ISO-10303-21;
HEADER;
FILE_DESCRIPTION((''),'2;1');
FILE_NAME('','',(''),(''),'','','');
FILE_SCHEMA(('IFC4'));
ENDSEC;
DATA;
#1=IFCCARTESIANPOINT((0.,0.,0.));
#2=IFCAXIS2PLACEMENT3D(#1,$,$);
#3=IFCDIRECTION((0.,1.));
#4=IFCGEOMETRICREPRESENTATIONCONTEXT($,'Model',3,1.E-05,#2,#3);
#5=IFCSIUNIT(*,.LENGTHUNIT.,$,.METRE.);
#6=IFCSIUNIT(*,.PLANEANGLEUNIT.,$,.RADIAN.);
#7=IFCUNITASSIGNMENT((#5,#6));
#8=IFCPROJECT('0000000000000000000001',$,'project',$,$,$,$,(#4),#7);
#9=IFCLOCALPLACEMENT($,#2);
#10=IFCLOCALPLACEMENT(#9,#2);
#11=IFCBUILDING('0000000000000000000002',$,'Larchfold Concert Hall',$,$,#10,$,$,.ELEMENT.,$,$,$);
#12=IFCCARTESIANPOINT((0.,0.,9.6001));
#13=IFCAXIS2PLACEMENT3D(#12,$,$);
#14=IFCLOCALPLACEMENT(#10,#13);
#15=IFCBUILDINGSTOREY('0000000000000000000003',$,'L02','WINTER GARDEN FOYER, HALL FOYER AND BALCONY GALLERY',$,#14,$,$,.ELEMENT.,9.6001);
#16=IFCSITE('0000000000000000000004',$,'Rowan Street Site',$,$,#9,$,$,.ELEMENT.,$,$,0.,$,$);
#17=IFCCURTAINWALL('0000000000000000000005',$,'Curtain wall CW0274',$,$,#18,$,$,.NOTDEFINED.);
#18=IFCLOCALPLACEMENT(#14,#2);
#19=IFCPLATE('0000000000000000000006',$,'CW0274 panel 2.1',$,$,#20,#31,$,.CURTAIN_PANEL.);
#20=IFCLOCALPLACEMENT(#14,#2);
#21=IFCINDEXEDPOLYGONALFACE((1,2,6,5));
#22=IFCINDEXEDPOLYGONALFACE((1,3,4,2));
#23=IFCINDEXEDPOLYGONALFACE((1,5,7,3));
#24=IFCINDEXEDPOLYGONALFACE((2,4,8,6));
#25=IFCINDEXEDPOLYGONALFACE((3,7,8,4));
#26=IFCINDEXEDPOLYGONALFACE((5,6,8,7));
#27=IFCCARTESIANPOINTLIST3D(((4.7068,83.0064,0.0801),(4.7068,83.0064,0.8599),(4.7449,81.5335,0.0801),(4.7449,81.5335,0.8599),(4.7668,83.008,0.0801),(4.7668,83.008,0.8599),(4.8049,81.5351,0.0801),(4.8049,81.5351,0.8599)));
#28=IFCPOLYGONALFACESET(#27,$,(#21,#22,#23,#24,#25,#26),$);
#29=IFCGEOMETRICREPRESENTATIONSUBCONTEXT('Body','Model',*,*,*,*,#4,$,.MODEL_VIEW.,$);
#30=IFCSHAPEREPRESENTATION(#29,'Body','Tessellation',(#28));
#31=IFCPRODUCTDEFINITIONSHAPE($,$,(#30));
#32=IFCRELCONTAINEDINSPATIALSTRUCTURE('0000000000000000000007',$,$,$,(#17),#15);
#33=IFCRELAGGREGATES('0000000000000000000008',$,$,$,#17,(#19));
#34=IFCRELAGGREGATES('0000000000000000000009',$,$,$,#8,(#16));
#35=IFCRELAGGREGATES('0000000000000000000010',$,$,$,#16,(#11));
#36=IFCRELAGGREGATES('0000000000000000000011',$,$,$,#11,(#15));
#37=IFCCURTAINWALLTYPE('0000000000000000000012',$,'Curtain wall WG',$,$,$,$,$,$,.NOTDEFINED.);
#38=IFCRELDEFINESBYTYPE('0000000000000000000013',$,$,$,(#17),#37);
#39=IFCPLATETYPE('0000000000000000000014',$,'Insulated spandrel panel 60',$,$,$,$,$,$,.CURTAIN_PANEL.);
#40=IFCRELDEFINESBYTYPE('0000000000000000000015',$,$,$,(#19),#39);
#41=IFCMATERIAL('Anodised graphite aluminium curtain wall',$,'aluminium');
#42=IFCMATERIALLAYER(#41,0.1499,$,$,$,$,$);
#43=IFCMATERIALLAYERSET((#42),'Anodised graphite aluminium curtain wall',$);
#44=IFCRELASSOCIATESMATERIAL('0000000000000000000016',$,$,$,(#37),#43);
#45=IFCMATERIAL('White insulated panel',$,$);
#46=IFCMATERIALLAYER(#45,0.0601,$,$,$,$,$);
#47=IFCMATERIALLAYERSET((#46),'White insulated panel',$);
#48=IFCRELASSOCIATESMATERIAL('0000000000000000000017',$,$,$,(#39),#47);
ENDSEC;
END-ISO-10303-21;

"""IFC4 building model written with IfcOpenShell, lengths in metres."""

from ifc_helpers import new_model, si_unit, direction, frame, origin, origin_2d, place, context, subcontext, project, spatial, rectangle, extrude, material, layer, layer_set, type_object, element, aggregate, save


model = new_model("IFC4")

# Units and contexts
model_context = context("Model", 3, precision=1e-05, world=origin(), true_north=direction((0.0, 1.0)))
body_context = subcontext(model_context, "Body", "Model", "MODEL_VIEW")
ifc_project = project(units=[si_unit("LENGTHUNIT", "METRE"), si_unit("PLANEANGLEUNIT", "RADIAN")], contexts=[model_context])

# Site, building, storey
site_placement = place(None, origin())
site = spatial("IfcSite", under=ifc_project, at=site_placement, Name="Rowan Street Site", CompositionType="ELEMENT", RefElevation=0.0)
building_placement = place(site_placement, origin())
building = spatial("IfcBuilding", under=site, at=building_placement, Name="Larchfold Concert Hall", CompositionType="ELEMENT")
storey_placement = place(building_placement, frame((0.0, 0.0, 9.6001)))
storey = spatial("IfcBuildingStorey", under=building, at=storey_placement, Name="L02", Description="WINTER GARDEN FOYER, HALL FOYER AND BALCONY GALLERY", CompositionType="ELEMENT", Elevation=9.6001)

# Curtain wall
ifc_material_1 = material(Name="Anodised graphite aluminium curtain wall", Category="aluminium")
ifc_layer_1 = layer(ifc_material_1, 0.1499)
ifc_layer_set_1 = layer_set([ifc_layer_1], Name="Anodised graphite aluminium curtain wall")
curtain_wall_type = type_object("IfcCurtainWallType", Name="Curtain wall WG", PredefinedType="NOTDEFINED", material=ifc_layer_set_1)
curtain_wall_1_placement = place(storey_placement, origin())
curtain_wall_1 = element("IfcCurtainWall", 1, at=curtain_wall_1_placement, inside=storey, type_object=curtain_wall_type, Name="Curtain wall CW0274", PredefinedType="NOTDEFINED")

# Plate
ifc_material_2 = material(Name="White insulated panel")
ifc_layer_2 = layer(ifc_material_2, 0.0601)
ifc_layer_set_2 = layer_set([ifc_layer_2], Name="White insulated panel")
plate_type_1 = type_object("IfcPlateType", Name="Insulated spandrel panel 60", PredefinedType="CURTAIN_PANEL", material=ifc_layer_set_2)
plate_1_placement = place(storey_placement, frame((4.7559, 82.2708, 0.0801), z_axis=(0.0, 0.0, 1.0), x_axis=(0.025845, -0.999666, 0.0)))
plate_1 = element("IfcPlate", 2, at=plate_1_placement, type_object=plate_type_1, Name="CW0274 panel 2.1", PredefinedType="CURTAIN_PANEL", context=body_context, shape_type="SweptSolid", body=[
    extrude(rectangle(XDim=1.4734, YDim=0.0601, at=origin_2d()), origin(), (0.0, 0.0, 1.0), 0.7798),
])
aggregate(curtain_wall_1, [plate_1])

save(model, "model.ifc")
